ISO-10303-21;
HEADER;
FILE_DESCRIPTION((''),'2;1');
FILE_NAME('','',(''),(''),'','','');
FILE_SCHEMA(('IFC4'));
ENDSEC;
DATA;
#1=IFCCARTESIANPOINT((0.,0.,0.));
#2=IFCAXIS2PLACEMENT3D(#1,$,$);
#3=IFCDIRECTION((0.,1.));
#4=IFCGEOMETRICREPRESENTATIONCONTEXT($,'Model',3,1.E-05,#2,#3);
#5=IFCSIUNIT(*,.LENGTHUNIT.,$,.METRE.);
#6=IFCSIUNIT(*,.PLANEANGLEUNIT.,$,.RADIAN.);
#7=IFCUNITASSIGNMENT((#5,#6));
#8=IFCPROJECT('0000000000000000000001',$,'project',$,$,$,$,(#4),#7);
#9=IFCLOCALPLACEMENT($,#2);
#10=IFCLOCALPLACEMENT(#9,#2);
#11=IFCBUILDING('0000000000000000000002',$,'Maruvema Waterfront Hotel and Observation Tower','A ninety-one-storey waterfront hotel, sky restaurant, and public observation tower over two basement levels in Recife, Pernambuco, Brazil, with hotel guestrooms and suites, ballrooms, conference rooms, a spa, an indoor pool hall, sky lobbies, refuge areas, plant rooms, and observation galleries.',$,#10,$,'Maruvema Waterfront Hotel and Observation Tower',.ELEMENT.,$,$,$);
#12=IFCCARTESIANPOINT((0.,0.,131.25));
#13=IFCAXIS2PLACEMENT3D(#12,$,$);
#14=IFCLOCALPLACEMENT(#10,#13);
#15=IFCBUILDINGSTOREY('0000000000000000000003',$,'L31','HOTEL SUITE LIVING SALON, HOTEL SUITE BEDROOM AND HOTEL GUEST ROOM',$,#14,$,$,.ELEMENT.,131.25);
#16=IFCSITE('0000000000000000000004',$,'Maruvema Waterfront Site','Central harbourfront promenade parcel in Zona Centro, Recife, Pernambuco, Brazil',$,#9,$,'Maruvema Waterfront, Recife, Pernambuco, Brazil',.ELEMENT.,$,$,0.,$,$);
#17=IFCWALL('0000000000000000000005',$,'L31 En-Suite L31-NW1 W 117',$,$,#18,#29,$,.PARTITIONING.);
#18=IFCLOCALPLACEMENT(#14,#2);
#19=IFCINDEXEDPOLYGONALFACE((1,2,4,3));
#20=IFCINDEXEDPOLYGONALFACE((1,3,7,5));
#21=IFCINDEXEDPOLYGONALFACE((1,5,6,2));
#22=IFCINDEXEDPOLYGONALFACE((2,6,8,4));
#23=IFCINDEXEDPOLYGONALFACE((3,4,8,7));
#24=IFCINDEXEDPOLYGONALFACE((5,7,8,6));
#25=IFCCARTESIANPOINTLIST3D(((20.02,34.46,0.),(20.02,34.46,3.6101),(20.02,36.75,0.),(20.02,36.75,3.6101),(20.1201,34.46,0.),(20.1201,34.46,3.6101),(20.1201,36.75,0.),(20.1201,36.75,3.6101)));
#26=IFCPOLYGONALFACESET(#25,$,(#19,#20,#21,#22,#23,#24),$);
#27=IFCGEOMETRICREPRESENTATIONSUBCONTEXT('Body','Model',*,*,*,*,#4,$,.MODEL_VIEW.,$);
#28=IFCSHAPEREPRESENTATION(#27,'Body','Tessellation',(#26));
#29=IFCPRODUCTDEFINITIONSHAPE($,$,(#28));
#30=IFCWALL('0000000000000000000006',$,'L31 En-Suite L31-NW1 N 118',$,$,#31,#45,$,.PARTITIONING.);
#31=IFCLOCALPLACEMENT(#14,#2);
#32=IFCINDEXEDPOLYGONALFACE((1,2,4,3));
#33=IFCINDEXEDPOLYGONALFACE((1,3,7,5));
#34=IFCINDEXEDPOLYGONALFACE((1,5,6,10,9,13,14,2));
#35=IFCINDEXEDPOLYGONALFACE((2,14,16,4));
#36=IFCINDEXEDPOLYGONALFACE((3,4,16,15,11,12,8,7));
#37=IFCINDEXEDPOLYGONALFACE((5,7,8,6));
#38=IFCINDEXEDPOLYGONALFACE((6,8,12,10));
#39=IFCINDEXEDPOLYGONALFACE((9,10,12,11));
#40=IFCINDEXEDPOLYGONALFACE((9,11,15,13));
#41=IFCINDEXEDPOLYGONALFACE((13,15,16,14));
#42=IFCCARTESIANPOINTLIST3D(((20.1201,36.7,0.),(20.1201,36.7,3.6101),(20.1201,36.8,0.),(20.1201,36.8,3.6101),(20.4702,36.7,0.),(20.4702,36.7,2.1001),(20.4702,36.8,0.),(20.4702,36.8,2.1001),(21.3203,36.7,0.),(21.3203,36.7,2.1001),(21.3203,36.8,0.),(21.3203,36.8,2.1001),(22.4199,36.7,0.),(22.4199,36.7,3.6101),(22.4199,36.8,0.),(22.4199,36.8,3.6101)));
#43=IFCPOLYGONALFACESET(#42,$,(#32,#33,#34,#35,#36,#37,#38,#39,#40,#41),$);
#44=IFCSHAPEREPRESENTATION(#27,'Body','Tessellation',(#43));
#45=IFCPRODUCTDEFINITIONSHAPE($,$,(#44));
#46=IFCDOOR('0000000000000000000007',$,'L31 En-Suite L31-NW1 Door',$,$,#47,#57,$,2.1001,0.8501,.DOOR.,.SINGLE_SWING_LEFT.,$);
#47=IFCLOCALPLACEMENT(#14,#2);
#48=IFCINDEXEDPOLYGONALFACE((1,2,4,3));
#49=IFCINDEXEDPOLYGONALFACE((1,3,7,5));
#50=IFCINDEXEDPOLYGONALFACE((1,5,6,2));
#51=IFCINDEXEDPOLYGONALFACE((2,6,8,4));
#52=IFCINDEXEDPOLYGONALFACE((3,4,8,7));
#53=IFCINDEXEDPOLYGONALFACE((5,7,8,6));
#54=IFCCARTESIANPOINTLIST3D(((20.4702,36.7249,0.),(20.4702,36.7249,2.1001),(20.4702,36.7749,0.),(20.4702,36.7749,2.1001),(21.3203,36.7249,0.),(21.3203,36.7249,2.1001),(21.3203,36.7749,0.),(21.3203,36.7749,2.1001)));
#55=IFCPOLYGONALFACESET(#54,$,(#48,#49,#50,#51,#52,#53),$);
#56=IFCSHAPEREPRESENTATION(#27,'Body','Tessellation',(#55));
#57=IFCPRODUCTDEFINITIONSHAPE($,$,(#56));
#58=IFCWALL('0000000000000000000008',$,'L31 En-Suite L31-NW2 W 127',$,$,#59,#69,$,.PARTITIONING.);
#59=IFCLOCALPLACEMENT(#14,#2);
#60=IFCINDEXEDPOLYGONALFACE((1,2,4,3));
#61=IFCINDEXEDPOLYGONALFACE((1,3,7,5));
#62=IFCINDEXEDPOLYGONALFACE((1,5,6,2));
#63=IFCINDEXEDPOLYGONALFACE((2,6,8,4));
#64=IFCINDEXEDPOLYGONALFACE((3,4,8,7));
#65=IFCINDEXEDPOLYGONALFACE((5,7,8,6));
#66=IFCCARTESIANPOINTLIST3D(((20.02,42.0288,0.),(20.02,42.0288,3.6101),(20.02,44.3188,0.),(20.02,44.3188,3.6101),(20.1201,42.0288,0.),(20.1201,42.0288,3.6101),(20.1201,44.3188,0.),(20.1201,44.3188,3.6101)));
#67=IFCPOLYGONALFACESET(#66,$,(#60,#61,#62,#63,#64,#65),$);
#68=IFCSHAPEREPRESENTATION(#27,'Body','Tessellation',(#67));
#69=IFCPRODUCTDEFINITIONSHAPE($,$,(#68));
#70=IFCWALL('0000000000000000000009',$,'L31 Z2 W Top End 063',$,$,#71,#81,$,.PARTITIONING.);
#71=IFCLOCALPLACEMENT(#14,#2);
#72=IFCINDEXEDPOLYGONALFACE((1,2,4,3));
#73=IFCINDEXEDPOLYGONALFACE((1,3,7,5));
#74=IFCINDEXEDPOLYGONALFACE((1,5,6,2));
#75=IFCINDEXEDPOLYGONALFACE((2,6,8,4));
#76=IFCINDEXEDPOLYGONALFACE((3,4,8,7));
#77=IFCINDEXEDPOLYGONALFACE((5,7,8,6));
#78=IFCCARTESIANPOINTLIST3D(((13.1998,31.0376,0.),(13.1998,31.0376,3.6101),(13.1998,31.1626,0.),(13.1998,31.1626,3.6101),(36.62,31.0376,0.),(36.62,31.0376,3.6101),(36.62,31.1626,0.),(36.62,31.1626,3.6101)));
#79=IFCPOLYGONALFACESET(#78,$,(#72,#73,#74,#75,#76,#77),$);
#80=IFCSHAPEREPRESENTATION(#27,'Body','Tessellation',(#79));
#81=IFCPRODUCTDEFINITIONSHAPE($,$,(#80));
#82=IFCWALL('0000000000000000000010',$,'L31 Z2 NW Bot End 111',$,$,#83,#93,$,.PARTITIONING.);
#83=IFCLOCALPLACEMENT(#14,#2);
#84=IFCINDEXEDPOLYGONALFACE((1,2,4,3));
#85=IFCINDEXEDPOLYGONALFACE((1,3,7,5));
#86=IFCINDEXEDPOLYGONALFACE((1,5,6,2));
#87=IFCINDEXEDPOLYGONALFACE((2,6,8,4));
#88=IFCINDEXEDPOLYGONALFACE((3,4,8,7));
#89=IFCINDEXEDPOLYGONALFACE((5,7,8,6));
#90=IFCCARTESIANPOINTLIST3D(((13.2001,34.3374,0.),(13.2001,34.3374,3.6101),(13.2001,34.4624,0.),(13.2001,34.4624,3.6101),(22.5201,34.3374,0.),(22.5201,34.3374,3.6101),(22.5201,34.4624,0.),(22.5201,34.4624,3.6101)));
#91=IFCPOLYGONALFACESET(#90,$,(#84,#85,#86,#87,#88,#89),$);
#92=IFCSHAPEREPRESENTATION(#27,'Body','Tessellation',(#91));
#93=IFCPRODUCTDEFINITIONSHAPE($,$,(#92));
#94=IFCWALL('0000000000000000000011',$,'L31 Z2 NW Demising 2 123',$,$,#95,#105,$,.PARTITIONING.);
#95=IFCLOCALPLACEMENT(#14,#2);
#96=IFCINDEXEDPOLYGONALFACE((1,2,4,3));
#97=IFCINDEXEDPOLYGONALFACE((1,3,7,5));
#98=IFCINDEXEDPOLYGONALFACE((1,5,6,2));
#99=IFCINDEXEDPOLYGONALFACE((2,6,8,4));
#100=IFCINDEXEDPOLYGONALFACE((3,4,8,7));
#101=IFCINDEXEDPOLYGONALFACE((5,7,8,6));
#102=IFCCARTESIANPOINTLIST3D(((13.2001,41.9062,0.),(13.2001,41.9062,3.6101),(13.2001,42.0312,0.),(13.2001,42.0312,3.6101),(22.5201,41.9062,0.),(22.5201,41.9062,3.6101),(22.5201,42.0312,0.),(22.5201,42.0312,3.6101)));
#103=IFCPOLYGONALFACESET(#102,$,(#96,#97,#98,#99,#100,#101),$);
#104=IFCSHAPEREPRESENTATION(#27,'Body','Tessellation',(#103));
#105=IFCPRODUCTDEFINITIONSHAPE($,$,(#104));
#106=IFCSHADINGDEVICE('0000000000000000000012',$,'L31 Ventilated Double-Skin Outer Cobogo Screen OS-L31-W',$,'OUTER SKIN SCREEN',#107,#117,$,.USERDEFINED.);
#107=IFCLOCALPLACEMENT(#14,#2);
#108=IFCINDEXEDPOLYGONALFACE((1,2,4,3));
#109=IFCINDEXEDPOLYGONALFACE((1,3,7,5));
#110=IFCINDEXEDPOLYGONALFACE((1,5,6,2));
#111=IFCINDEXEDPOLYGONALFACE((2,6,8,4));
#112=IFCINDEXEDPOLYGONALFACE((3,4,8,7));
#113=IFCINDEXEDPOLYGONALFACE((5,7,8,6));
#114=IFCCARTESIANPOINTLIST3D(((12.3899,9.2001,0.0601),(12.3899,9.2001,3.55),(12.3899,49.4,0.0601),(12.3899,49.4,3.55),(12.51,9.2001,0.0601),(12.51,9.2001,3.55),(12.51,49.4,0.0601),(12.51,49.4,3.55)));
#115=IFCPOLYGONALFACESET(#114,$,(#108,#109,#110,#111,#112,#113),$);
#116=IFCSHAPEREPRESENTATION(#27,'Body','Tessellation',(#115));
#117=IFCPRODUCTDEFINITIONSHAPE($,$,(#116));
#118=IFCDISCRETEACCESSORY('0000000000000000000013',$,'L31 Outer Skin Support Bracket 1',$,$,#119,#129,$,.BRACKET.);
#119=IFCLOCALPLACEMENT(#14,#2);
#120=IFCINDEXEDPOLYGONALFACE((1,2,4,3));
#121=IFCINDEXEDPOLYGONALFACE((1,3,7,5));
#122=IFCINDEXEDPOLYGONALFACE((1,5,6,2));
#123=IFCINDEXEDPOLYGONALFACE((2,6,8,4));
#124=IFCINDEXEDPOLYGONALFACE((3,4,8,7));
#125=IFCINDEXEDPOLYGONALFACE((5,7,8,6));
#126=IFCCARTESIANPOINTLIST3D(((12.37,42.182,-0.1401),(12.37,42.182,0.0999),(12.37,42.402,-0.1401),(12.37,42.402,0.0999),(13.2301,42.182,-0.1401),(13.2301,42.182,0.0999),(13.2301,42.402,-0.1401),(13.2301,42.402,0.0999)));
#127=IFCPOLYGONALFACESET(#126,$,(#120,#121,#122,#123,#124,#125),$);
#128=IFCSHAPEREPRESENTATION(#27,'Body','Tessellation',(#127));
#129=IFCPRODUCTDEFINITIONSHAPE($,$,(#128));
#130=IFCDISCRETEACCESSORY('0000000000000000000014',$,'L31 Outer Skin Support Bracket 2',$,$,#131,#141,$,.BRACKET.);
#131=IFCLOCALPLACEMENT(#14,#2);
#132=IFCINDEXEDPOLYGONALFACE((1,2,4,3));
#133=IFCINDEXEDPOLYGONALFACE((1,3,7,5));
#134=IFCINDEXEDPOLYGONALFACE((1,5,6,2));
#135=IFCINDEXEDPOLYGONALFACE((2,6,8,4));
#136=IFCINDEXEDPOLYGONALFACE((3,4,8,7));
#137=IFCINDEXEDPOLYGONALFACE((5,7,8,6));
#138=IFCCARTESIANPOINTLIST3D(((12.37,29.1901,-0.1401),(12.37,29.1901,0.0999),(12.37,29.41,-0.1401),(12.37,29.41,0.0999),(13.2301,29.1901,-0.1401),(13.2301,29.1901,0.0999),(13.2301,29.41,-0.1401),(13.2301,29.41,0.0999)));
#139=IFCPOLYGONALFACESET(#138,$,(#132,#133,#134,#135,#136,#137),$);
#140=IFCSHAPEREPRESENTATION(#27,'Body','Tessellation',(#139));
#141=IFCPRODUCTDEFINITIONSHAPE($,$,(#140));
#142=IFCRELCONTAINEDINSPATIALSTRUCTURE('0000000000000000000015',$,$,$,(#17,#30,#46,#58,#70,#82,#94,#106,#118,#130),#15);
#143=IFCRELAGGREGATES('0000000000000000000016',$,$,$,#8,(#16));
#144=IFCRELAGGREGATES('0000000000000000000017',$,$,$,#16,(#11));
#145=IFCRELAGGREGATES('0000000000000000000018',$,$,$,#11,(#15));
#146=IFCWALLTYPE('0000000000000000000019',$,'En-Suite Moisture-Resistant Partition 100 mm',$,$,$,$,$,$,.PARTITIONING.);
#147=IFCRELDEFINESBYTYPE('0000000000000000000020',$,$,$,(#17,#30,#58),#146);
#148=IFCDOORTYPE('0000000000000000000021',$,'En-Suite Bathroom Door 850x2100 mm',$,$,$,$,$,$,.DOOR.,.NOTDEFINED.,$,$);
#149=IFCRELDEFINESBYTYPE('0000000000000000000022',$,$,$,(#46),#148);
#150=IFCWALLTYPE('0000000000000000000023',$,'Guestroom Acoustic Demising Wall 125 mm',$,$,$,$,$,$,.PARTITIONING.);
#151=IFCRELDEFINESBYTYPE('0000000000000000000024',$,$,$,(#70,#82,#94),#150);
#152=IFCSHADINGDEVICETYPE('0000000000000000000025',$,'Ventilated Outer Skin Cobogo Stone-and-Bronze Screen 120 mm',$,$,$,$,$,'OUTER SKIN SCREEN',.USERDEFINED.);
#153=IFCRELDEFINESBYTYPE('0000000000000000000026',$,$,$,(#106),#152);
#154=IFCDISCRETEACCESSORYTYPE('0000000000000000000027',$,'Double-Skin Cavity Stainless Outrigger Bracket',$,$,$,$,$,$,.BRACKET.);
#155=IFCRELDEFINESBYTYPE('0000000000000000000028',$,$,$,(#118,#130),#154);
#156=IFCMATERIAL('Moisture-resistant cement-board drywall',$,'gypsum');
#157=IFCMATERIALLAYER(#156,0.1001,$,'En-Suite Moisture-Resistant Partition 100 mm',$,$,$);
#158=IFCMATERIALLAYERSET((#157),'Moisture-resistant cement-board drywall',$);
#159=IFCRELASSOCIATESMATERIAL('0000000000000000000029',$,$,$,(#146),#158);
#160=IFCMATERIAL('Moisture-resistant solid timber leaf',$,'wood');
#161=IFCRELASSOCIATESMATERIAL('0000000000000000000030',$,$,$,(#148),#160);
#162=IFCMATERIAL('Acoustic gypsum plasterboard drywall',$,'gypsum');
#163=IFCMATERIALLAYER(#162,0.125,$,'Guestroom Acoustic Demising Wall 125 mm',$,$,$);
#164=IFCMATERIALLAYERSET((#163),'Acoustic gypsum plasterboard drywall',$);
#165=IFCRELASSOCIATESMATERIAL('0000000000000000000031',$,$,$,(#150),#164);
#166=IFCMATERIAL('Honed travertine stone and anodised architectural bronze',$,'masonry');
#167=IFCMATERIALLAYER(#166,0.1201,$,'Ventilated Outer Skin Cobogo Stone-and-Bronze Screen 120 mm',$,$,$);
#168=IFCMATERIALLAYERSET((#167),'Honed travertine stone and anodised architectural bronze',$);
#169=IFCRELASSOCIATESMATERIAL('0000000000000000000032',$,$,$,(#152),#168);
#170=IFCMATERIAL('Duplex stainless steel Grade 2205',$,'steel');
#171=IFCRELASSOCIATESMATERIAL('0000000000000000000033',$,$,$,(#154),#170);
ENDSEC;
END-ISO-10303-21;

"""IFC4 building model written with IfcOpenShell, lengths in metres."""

from ifc_helpers import new_model, si_unit, direction, frame, frame_2d, origin, origin_2d, place, context, subcontext, project, spatial, rectangle, extrude, material, layer, layer_set, type_object, element, fill, save


model = new_model("IFC4")

# Units and contexts
model_context = context("Model", 3, precision=1e-05, world=origin(), true_north=direction((0.0, 1.0)))
body_context = subcontext(model_context, "Body", "Model", "MODEL_VIEW")
ifc_project = project(units=[si_unit("LENGTHUNIT", "METRE"), si_unit("PLANEANGLEUNIT", "RADIAN")], contexts=[model_context])

# Site, building, storey
site_placement = place(None, origin())
site = spatial("IfcSite", under=ifc_project, at=site_placement, Name="Maruvema Waterfront Site", Description="Central harbourfront promenade parcel in Zona Centro, Recife, Pernambuco, Brazil", LongName="Maruvema Waterfront, Recife, Pernambuco, Brazil", CompositionType="ELEMENT", RefElevation=0.0)
building_placement = place(site_placement, origin())
building = spatial("IfcBuilding", under=site, at=building_placement, Name="Maruvema Waterfront Hotel and Observation Tower", Description="A ninety-one-storey waterfront hotel, sky restaurant, and public observation tower over two basement levels in Recife, Pernambuco, Brazil, with hotel guestrooms and suites, ballrooms, conference rooms, a spa, an indoor pool hall, sky lobbies, refuge areas, plant rooms, and observation galleries.", LongName="Maruvema Waterfront Hotel and Observation Tower", CompositionType="ELEMENT")
storey_placement = place(building_placement, frame((0.0, 0.0, 131.25)))
storey = spatial("IfcBuildingStorey", under=building, at=storey_placement, Name="L31", Description="HOTEL SUITE LIVING SALON, HOTEL SUITE BEDROOM AND HOTEL GUEST ROOM", CompositionType="ELEMENT", Elevation=131.25)

# Wall
ifc_material_1 = material(Name="Moisture-resistant cement-board drywall", Category="gypsum")
ifc_layer_1 = layer(ifc_material_1, 0.1001, Name="En-Suite Moisture-Resistant Partition 100 mm")
ifc_layer_set_1 = layer_set([ifc_layer_1], Name="Moisture-resistant cement-board drywall")
wall_type_1 = type_object("IfcWallType", Name="En-Suite Moisture-Resistant Partition 100 mm", PredefinedType="PARTITIONING", material=ifc_layer_set_1)
wall_1_placement = place(storey_placement, frame((20.0701, 34.46, 0.0), z_axis=(0.0, 0.0, 1.0), x_axis=(0.0, 1.0, 0.0)))
element("IfcWall", 1, at=wall_1_placement, inside=storey, type_object=wall_type_1, Name="L31 En-Suite L31-NW1 W 117", PredefinedType="PARTITIONING", context=body_context, shape_type="SweptSolid", body=[
    extrude(rectangle(XDim=2.29, YDim=0.1001, at=frame_2d((1.145, 0.0))), origin(), (0.0, 0.0, 1.0), 3.6101),
])

# Wall, opening, door
wall_2_placement = place(storey_placement, frame((20.1201, 36.75, 0.0), z_axis=(0.0, 0.0, 1.0), x_axis=(1.0, 0.0, 0.0)))
wall_2 = element("IfcWall", 2, at=wall_2_placement, inside=storey, type_object=wall_type_1, Name="L31 En-Suite L31-NW1 N 118", PredefinedType="PARTITIONING", context=body_context, shape_type="SweptSolid", body=[
    extrude(rectangle(XDim=2.2998, YDim=0.1001, at=frame_2d((1.1499, 0.0))), origin(), (0.0, 0.0, 1.0), 3.6101),
])
opening_1_placement = place(wall_2_placement, frame((0.3501, 0.0, 0.0)))
opening_1 = element("IfcOpeningElement", 3, at=opening_1_placement, cuts=wall_2, PredefinedType="OPENING", context=body_context, shape_type="SweptSolid", body=[
    extrude(rectangle(XDim=0.8501, YDim=2.1001, at=frame_2d((0.425, 1.05))), frame((0.0, 0.0601, 0.0), z_axis=(0.0, -1.0, 0.0), x_axis=(1.0, 0.0, 0.0)), (0.0, 0.0, 1.0), 0.1201),
])
ifc_material_2 = material(Name="Moisture-resistant solid timber leaf", Category="wood")
door_type_1 = type_object("IfcDoorType", Name="En-Suite Bathroom Door 850x2100 mm", OperationType="NOTDEFINED", PredefinedType="DOOR", material=ifc_material_2)
door_1_placement = place(opening_1_placement, origin())
door_1 = element("IfcDoor", 4, at=door_1_placement, inside=storey, type_object=door_type_1, Name="L31 En-Suite L31-NW1 Door", OperationType="SINGLE_SWING_LEFT", OverallHeight=2.1001, OverallWidth=0.8501, PredefinedType="DOOR", context=body_context, shape_type="SweptSolid", body=[
    extrude(rectangle(XDim=0.8501, YDim=2.1001, at=frame_2d((0.425, 1.05))), frame((0.0, 0.0249, 0.0), z_axis=(0.0, -1.0, 0.0), x_axis=(1.0, 0.0, 0.0)), (0.0, 0.0, 1.0), 0.05),
])
fill(opening_1, door_1)

# Walls
wall_3_placement = place(storey_placement, frame((20.0701, 42.0288, 0.0), z_axis=(0.0, 0.0, 1.0), x_axis=(0.0, 1.0, 0.0)))
element("IfcWall", 5, at=wall_3_placement, inside=storey, type_object=wall_type_1, Name="L31 En-Suite L31-NW2 W 127", PredefinedType="PARTITIONING", context=body_context, shape_type="SweptSolid", body=[
    extrude(rectangle(XDim=2.29, YDim=0.1001, at=frame_2d((1.145, 0.0))), origin(), (0.0, 0.0, 1.0), 3.6101),
])
ifc_material_3 = material(Name="Acoustic gypsum plasterboard drywall", Category="gypsum")
ifc_layer_2 = layer(ifc_material_3, 0.125, Name="Guestroom Acoustic Demising Wall 125 mm")
ifc_layer_set_2 = layer_set([ifc_layer_2], Name="Acoustic gypsum plasterboard drywall")
wall_type_2 = type_object("IfcWallType", Name="Guestroom Acoustic Demising Wall 125 mm", PredefinedType="PARTITIONING", material=ifc_layer_set_2)
wall_4_placement = place(storey_placement, frame((13.2, 31.1001, 0.0), z_axis=(0.0, 0.0, 1.0), x_axis=(1.0, 0.0, 0.0)))
element("IfcWall", 6, at=wall_4_placement, inside=storey, type_object=wall_type_2, Name="L31 Z2 W Top End 063", PredefinedType="PARTITIONING", context=body_context, shape_type="SweptSolid", body=[
    extrude(rectangle(XDim=23.4202, YDim=0.125, at=frame_2d((11.71, 0.0))), origin(), (0.0, 0.0, 1.0), 3.6101),
])
for number, where, z_axis, x_axis, name in (
    (7, (13.2, 34.3999, 0.0), (0.0, 0.0, 1.0), (1.0, 0.0, 0.0), "L31 Z2 NW Bot End 111"),
    (8, (13.2, 41.9688, 0.0), (0.0, 0.0, 1.0), (1.0, 0.0, 0.0), "L31 Z2 NW Demising 2 123"),
):
    element("IfcWall", number, at=place(storey_placement, frame(where, z_axis=z_axis, x_axis=x_axis)), inside=storey, type_object=wall_type_2, Name=name, PredefinedType="PARTITIONING", context=body_context, shape_type="SweptSolid", body=[
        extrude(rectangle(XDim=9.3201, YDim=0.125, at=frame_2d((4.6602, 0.0))), origin(), (0.0, 0.0, 1.0), 3.6101),
    ])

# Shading device
ifc_material_4 = material(Name="Honed travertine stone and anodised architectural bronze", Category="masonry")
ifc_layer_3 = layer(ifc_material_4, 0.1201, Name="Ventilated Outer Skin Cobogo Stone-and-Bronze Screen 120 mm")
ifc_layer_set_3 = layer_set([ifc_layer_3], Name="Honed travertine stone and anodised architectural bronze")
shading_device_type = type_object("IfcShadingDeviceType", Name="Ventilated Outer Skin Cobogo Stone-and-Bronze Screen 120 mm", ElementType="OUTER SKIN SCREEN", PredefinedType="USERDEFINED", material=ifc_layer_set_3)
shading_device_placement = place(storey_placement, frame((12.45, 29.3, 0.0601), z_axis=(0.0, 0.0, 1.0), x_axis=(0.0, -1.0, 0.0)))
element("IfcShadingDevice", 9, at=shading_device_placement, inside=storey, type_object=shading_device_type, Name="L31 Ventilated Double-Skin Outer Cobogo Screen OS-L31-W", ObjectType="OUTER SKIN SCREEN", PredefinedType="USERDEFINED", context=body_context, shape_type="SweptSolid", body=[
    extrude(rectangle(XDim=40.2, YDim=0.1201, at=origin_2d()), origin(), (0.0, 0.0, 1.0), 3.49),
])

# Discrete accessories
ifc_material_5 = material(Name="Duplex stainless steel Grade 2205", Category="steel")
discrete_accessory_type = type_object("IfcDiscreteAccessoryType", Name="Double-Skin Cavity Stainless Outrigger Bracket", PredefinedType="BRACKET", material=ifc_material_5)
for number, where, z_axis, x_axis, name in (
    (10, (12.8, 42.292, -0.1401), (0.0, 0.0, 1.0), (0.0, -1.0, 0.0), "L31 Outer Skin Support Bracket 1"),
    (11, (12.8, 29.3, -0.1401), (0.0, 0.0, 1.0), (0.0, -1.0, 0.0), "L31 Outer Skin Support Bracket 2"),
):
    element("IfcDiscreteAccessory", number, at=place(storey_placement, frame(where, z_axis=z_axis, x_axis=x_axis)), inside=storey, type_object=discrete_accessory_type, Name=name, PredefinedType="BRACKET", context=body_context, shape_type="SweptSolid", body=[
        extrude(rectangle(XDim=0.22, YDim=0.8601, at=origin_2d()), origin(), (0.0, 0.0, 1.0), 0.24),
    ])

save(model, "model.ifc")
